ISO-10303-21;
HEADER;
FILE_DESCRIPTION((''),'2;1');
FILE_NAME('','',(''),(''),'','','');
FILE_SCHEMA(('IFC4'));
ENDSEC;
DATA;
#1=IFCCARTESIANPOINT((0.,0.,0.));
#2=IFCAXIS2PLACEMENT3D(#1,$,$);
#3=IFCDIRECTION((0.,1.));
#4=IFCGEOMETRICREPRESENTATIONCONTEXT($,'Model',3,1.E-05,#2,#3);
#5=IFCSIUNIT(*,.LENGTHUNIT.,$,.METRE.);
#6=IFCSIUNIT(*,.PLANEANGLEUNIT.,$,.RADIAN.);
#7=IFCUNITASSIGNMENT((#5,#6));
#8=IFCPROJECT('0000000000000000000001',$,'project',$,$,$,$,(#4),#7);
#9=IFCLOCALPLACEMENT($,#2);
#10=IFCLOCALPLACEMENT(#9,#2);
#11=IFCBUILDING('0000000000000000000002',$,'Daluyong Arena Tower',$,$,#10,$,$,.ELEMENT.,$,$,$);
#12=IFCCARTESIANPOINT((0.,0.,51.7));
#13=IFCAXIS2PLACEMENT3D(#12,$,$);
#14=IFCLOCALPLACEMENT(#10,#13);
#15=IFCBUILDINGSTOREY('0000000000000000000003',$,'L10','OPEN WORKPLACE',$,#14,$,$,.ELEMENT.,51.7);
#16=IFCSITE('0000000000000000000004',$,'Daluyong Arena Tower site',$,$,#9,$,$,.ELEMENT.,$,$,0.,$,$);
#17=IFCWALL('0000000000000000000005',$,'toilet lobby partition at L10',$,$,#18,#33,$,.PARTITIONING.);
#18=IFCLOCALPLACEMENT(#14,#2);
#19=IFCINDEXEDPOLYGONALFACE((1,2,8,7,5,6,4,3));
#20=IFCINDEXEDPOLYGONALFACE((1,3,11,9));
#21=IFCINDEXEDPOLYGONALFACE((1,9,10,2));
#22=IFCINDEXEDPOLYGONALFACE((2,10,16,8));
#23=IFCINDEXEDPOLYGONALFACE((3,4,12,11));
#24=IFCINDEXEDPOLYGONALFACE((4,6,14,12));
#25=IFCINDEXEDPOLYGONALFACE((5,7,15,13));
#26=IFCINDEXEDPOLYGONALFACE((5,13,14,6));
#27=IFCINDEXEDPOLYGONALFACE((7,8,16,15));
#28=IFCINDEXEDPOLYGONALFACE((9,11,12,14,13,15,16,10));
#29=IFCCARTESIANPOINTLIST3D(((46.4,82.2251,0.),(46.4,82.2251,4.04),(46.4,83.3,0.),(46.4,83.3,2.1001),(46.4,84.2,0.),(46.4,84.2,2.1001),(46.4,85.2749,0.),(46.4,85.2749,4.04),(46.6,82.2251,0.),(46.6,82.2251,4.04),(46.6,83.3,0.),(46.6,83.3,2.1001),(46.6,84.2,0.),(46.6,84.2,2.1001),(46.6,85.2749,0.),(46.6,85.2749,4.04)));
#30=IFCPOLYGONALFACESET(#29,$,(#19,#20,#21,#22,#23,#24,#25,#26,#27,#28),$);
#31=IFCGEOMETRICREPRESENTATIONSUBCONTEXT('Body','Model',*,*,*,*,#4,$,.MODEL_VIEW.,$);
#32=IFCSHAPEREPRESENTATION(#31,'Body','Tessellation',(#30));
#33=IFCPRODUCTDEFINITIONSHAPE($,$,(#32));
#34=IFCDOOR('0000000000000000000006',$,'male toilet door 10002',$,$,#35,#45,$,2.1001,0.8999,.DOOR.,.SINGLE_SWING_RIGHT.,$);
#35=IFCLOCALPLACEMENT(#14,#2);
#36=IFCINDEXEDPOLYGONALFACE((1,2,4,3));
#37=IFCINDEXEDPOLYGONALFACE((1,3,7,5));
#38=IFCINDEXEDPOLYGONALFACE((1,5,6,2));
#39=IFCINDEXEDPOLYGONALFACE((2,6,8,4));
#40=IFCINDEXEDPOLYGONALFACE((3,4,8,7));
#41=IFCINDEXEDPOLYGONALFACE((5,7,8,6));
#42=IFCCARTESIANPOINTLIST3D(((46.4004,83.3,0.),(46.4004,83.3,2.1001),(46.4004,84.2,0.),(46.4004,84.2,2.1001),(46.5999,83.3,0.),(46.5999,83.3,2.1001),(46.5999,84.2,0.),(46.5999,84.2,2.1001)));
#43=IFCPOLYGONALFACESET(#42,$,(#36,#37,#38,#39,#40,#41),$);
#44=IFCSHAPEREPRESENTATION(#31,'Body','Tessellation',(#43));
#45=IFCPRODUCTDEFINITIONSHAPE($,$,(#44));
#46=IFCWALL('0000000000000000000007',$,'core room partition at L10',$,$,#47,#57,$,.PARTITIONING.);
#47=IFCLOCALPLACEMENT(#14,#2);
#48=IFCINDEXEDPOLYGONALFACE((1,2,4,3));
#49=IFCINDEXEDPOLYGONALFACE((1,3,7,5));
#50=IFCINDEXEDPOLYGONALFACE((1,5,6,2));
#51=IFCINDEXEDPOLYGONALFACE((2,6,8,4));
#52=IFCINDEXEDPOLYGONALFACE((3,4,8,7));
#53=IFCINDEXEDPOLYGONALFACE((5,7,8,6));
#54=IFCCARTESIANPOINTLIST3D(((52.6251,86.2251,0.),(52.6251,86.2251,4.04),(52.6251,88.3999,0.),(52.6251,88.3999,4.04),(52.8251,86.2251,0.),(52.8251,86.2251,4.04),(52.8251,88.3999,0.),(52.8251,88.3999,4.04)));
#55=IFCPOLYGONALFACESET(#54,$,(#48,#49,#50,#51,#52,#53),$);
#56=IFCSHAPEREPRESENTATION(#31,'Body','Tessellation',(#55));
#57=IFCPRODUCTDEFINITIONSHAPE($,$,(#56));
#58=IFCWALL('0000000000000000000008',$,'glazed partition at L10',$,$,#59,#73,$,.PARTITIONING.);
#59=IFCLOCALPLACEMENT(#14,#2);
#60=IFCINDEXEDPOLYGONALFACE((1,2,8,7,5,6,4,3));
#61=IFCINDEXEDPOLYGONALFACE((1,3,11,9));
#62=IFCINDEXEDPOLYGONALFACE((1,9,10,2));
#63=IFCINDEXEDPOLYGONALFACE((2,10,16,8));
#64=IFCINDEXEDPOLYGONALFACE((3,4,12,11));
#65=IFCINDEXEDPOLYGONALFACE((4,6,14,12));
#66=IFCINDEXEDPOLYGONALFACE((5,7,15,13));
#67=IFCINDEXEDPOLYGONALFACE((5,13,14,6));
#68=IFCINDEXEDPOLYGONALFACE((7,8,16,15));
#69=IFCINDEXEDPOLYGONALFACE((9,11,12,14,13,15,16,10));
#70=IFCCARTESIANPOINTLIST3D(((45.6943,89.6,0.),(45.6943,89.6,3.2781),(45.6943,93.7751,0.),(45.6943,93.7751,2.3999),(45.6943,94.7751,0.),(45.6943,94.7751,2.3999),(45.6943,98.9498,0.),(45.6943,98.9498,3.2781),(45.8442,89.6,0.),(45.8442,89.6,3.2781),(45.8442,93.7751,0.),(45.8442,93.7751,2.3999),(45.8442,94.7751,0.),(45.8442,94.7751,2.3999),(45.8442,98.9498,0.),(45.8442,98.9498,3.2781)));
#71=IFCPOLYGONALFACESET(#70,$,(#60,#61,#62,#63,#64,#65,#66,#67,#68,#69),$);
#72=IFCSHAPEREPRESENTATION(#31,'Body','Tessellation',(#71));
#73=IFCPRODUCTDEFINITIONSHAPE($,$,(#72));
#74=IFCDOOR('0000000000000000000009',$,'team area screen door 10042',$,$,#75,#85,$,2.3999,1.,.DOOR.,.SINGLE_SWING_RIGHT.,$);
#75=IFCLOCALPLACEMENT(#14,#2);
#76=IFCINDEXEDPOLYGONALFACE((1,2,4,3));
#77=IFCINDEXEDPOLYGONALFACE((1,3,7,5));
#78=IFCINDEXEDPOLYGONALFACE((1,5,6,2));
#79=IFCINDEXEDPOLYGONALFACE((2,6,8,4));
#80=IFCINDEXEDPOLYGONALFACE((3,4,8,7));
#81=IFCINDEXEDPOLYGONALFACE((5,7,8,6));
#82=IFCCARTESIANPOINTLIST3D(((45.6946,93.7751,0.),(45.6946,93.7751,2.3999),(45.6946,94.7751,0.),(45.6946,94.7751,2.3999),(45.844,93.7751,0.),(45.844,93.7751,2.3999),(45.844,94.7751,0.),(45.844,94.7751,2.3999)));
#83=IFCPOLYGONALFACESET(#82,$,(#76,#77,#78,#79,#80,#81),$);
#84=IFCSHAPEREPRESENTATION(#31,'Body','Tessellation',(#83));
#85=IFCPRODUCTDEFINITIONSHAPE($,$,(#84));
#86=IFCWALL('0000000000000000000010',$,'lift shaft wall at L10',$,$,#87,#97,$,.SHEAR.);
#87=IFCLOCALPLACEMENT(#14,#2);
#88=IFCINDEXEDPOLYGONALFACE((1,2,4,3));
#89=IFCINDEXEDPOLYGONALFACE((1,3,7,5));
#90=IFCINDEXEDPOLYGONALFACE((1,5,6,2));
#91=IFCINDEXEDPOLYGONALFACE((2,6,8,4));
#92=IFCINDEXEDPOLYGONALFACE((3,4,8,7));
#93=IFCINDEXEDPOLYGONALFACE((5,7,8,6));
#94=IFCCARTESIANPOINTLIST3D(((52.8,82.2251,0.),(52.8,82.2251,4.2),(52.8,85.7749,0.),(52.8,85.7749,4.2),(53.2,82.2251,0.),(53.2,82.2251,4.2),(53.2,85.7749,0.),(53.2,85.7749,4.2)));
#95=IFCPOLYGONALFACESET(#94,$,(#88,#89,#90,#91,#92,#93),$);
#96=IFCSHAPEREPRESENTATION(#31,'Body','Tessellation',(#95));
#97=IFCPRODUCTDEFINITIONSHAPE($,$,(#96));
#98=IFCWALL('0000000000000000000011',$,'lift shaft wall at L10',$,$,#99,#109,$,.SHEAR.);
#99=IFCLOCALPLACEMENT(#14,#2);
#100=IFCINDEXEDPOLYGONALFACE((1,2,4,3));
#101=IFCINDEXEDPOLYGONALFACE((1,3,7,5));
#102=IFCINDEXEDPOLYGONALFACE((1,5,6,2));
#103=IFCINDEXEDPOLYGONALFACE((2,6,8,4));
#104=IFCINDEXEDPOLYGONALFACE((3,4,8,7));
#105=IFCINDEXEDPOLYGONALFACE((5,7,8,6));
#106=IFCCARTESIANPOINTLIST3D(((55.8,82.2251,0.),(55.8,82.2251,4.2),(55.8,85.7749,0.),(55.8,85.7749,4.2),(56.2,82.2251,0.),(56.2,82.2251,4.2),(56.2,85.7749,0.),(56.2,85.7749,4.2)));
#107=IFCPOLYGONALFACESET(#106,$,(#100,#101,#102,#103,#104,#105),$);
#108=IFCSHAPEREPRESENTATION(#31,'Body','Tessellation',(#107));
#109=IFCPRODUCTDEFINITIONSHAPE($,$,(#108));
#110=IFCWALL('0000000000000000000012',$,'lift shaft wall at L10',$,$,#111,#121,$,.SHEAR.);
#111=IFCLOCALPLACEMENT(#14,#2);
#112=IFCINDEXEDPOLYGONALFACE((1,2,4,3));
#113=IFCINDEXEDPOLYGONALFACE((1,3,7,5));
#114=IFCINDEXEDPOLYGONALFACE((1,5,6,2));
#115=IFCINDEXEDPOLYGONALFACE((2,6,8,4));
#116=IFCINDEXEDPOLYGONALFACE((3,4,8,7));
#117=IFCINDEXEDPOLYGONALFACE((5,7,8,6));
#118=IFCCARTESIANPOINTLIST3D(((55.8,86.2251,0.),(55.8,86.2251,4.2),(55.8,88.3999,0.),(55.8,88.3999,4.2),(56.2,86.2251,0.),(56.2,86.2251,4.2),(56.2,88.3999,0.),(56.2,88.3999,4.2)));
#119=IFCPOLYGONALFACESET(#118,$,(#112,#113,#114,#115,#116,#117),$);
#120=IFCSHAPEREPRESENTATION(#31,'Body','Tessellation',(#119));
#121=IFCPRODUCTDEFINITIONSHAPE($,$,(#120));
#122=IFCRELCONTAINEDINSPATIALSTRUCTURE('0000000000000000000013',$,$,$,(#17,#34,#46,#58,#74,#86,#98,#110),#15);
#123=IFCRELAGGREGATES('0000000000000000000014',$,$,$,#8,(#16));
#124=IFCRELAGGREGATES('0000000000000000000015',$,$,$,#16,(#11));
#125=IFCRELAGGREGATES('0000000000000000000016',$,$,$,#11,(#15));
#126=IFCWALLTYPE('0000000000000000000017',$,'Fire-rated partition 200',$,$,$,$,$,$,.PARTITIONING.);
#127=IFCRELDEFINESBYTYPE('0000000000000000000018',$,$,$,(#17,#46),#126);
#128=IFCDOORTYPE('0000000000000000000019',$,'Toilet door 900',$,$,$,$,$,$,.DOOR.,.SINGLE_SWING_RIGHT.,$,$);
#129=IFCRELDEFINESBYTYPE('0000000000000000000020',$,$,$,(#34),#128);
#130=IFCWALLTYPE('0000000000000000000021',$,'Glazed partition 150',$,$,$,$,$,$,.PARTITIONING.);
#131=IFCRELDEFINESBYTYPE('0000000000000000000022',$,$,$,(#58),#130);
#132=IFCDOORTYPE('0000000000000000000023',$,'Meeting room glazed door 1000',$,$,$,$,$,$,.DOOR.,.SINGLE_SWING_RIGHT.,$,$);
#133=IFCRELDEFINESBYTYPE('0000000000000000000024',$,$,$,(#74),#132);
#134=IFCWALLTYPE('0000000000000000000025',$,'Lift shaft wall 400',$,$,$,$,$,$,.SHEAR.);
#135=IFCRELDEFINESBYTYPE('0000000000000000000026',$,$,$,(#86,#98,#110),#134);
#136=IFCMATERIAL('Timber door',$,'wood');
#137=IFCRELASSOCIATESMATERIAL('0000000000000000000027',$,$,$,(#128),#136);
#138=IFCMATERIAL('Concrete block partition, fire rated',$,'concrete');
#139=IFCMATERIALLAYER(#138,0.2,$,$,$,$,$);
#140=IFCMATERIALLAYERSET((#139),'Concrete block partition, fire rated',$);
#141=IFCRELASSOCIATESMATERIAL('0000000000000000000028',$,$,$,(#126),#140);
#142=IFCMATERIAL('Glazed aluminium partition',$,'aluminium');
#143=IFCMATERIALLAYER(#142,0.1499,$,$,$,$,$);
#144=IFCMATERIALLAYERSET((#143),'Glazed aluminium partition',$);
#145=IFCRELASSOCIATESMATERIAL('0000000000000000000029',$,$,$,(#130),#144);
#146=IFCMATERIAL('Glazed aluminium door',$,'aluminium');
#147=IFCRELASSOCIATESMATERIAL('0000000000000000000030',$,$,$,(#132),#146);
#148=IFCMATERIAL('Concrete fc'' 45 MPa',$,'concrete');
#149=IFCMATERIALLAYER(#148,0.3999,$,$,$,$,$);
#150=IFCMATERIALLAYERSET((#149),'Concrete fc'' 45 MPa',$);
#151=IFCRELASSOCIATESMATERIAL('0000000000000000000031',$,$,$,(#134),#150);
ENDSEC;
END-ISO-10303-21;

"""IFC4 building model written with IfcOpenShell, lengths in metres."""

from ifc_helpers import new_model, si_unit, direction, frame, frame_2d, origin, place, context, subcontext, project, spatial, rectangle, extrude, material, layer, layer_set, type_object, element, fill, save


model = new_model("IFC4")

# Units and contexts
model_context = context("Model", 3, precision=1e-05, world=origin(), true_north=direction((0.0, 1.0)))
body_context = subcontext(model_context, "Body", "Model", "MODEL_VIEW")
ifc_project = project(units=[si_unit("LENGTHUNIT", "METRE"), si_unit("PLANEANGLEUNIT", "RADIAN")], contexts=[model_context])

# Site, building, storey
site_placement = place(None, origin())
site = spatial("IfcSite", under=ifc_project, at=site_placement, Name="Daluyong Arena Tower site", CompositionType="ELEMENT", RefElevation=0.0)
building_placement = place(site_placement, origin())
building = spatial("IfcBuilding", under=site, at=building_placement, Name="Daluyong Arena Tower", CompositionType="ELEMENT")
storey_placement = place(building_placement, frame((0.0, 0.0, 51.7)))
storey = spatial("IfcBuildingStorey", under=building, at=storey_placement, Name="L10", Description="OPEN WORKPLACE", CompositionType="ELEMENT", Elevation=51.7)

# Shared definitions
ifc_material_1 = material(Name="Timber door", Category="wood")
door_type_1 = type_object("IfcDoorType", Name="Toilet door 900", OperationType="SINGLE_SWING_RIGHT", PredefinedType="DOOR", material=ifc_material_1)

# Wall, opening, door
ifc_material_2 = material(Name="Concrete block partition, fire rated", Category="concrete")
ifc_layer_1 = layer(ifc_material_2, 0.2)
ifc_layer_set_1 = layer_set([ifc_layer_1], Name="Concrete block partition, fire rated")
wall_type_1 = type_object("IfcWallType", Name="Fire-rated partition 200", PredefinedType="PARTITIONING", material=ifc_layer_set_1)
wall_1_placement = place(storey_placement, frame((46.5, 82.2251, 0.0), z_axis=(0.0, 0.0, 1.0), x_axis=(0.0, 1.0, 0.0)))
wall_1 = element("IfcWall", 1, at=wall_1_placement, inside=storey, type_object=wall_type_1, Name="toilet lobby partition at L10", PredefinedType="PARTITIONING", context=body_context, shape_type="SweptSolid", body=[
    extrude(rectangle(XDim=3.0498, YDim=0.2, at=frame_2d((1.5249, 0.0))), origin(), (0.0, 0.0, 1.0), 4.04),
])
opening_1_placement = place(wall_1_placement, frame((1.075, 0.0, 0.0)))
opening_1 = element("IfcOpeningElement", 2, at=opening_1_placement, cuts=wall_1, PredefinedType="OPENING", context=body_context, shape_type="SweptSolid", body=[
    extrude(rectangle(XDim=0.8999, YDim=2.1001, at=frame_2d((0.45, 1.05))), frame((0.0, 0.1099, 0.0), z_axis=(0.0, -1.0, 0.0), x_axis=(1.0, 0.0, 0.0)), (0.0, 0.0, 1.0), 0.22),
])
door_1_placement = place(opening_1_placement, origin())
door_1 = element("IfcDoor", 3, at=door_1_placement, inside=storey, type_object=door_type_1, Name="male toilet door 10002", OperationType="SINGLE_SWING_RIGHT", OverallHeight=2.1001, OverallWidth=0.8999, PredefinedType="DOOR", context=body_context, shape_type="SweptSolid", body=[
    extrude(rectangle(XDim=0.8999, YDim=2.1001, at=frame_2d((0.45, 1.05))), frame((0.0, 0.0996, 0.0), z_axis=(0.0, -1.0, 0.0), x_axis=(1.0, 0.0, 0.0)), (0.0, 0.0, 1.0), 0.1995),
])
fill(opening_1, door_1)

# Wall
wall_2_placement = place(storey_placement, frame((52.7251, 86.2251, 0.0), z_axis=(0.0, 0.0, 1.0), x_axis=(0.0, 1.0, 0.0)))
element("IfcWall", 4, at=wall_2_placement, inside=storey, type_object=wall_type_1, Name="core room partition at L10", PredefinedType="PARTITIONING", context=body_context, shape_type="SweptSolid", body=[
    extrude(rectangle(XDim=2.1748, YDim=0.2, at=frame_2d((1.0874, 0.0))), origin(), (0.0, 0.0, 1.0), 4.04),
])

# Wall, opening, door
ifc_material_3 = material(Name="Glazed aluminium partition", Category="aluminium")
ifc_layer_2 = layer(ifc_material_3, 0.1499)
ifc_layer_set_2 = layer_set([ifc_layer_2], Name="Glazed aluminium partition")
wall_type_2 = type_object("IfcWallType", Name="Glazed partition 150", PredefinedType="PARTITIONING", material=ifc_layer_set_2)
wall_3_placement = place(storey_placement, frame((45.7693, 89.6001, 0.0), z_axis=(0.0, 0.0, 1.0), x_axis=(0.0, 1.0, 0.0)))
wall_3 = element("IfcWall", 5, at=wall_3_placement, inside=storey, type_object=wall_type_2, Name="glazed partition at L10", PredefinedType="PARTITIONING", context=body_context, shape_type="SweptSolid", body=[
    extrude(rectangle(XDim=9.3499, YDim=0.1499, at=frame_2d((4.6748, 0.0))), origin(), (0.0, 0.0, 1.0), 3.2781),
])
opening_2_placement = place(wall_3_placement, frame((4.175, 0.0, 0.0)))
opening_2 = element("IfcOpeningElement", 6, at=opening_2_placement, cuts=wall_3, PredefinedType="OPENING", context=body_context, shape_type="SweptSolid", body=[
    extrude(rectangle(XDim=1.0, YDim=2.3999, at=frame_2d((0.5, 1.2))), frame((0.0, 0.085, 0.0), z_axis=(0.0, -1.0, 0.0), x_axis=(1.0, 0.0, 0.0)), (0.0, 0.0, 1.0), 0.1699),
])
ifc_material_4 = material(Name="Glazed aluminium door", Category="aluminium")
door_type_2 = type_object("IfcDoorType", Name="Meeting room glazed door 1000", OperationType="SINGLE_SWING_RIGHT", PredefinedType="DOOR", material=ifc_material_4)
door_2_placement = place(opening_2_placement, origin())
door_2 = element("IfcDoor", 7, at=door_2_placement, inside=storey, type_object=door_type_2, Name="team area screen door 10042", OperationType="SINGLE_SWING_RIGHT", OverallHeight=2.3999, OverallWidth=1.0, PredefinedType="DOOR", context=body_context, shape_type="SweptSolid", body=[
    extrude(rectangle(XDim=1.0, YDim=2.3999, at=frame_2d((0.5, 1.2))), frame((0.0, 0.0747, 0.0), z_axis=(0.0, -1.0, 0.0), x_axis=(1.0, 0.0, 0.0)), (0.0, 0.0, 1.0), 0.1494),
])
fill(opening_2, door_2)

# Walls
ifc_material_5 = material(Name="Concrete fc' 45 MPa", Category="concrete")
ifc_layer_3 = layer(ifc_material_5, 0.3999)
ifc_layer_set_3 = layer_set([ifc_layer_3], Name="Concrete fc' 45 MPa")
wall_type_3 = type_object("IfcWallType", Name="Lift shaft wall 400", PredefinedType="SHEAR", material=ifc_layer_set_3)
for number, where, z_axis, x_axis, name in (
    (8, (53.0, 82.2251, 0.0), (0.0, 0.0, 1.0), (0.0, 1.0, 0.0), "lift shaft wall at L10"),
    (9, (56.0, 82.2251, 0.0), (0.0, 0.0, 1.0), (0.0, 1.0, 0.0), "lift shaft wall at L10"),
):
    element("IfcWall", number, at=place(storey_placement, frame(where, z_axis=z_axis, x_axis=x_axis)), inside=storey, type_object=wall_type_3, Name=name, PredefinedType="SHEAR", context=body_context, shape_type="SweptSolid", body=[
        extrude(rectangle(XDim=3.5498, YDim=0.3999, at=frame_2d((1.7749, 0.0))), origin(), (0.0, 0.0, 1.0), 4.2),
    ])
wall_4_placement = place(storey_placement, frame((56.0, 86.2251, 0.0), z_axis=(0.0, 0.0, 1.0), x_axis=(0.0, 1.0, 0.0)))
element("IfcWall", 10, at=wall_4_placement, inside=storey, type_object=wall_type_3, Name="lift shaft wall at L10", PredefinedType="SHEAR", context=body_context, shape_type="SweptSolid", body=[
    extrude(rectangle(XDim=2.1748, YDim=0.3999, at=frame_2d((1.0874, 0.0))), origin(), (0.0, 0.0, 1.0), 4.2),
])

save(model, "model.ifc")
